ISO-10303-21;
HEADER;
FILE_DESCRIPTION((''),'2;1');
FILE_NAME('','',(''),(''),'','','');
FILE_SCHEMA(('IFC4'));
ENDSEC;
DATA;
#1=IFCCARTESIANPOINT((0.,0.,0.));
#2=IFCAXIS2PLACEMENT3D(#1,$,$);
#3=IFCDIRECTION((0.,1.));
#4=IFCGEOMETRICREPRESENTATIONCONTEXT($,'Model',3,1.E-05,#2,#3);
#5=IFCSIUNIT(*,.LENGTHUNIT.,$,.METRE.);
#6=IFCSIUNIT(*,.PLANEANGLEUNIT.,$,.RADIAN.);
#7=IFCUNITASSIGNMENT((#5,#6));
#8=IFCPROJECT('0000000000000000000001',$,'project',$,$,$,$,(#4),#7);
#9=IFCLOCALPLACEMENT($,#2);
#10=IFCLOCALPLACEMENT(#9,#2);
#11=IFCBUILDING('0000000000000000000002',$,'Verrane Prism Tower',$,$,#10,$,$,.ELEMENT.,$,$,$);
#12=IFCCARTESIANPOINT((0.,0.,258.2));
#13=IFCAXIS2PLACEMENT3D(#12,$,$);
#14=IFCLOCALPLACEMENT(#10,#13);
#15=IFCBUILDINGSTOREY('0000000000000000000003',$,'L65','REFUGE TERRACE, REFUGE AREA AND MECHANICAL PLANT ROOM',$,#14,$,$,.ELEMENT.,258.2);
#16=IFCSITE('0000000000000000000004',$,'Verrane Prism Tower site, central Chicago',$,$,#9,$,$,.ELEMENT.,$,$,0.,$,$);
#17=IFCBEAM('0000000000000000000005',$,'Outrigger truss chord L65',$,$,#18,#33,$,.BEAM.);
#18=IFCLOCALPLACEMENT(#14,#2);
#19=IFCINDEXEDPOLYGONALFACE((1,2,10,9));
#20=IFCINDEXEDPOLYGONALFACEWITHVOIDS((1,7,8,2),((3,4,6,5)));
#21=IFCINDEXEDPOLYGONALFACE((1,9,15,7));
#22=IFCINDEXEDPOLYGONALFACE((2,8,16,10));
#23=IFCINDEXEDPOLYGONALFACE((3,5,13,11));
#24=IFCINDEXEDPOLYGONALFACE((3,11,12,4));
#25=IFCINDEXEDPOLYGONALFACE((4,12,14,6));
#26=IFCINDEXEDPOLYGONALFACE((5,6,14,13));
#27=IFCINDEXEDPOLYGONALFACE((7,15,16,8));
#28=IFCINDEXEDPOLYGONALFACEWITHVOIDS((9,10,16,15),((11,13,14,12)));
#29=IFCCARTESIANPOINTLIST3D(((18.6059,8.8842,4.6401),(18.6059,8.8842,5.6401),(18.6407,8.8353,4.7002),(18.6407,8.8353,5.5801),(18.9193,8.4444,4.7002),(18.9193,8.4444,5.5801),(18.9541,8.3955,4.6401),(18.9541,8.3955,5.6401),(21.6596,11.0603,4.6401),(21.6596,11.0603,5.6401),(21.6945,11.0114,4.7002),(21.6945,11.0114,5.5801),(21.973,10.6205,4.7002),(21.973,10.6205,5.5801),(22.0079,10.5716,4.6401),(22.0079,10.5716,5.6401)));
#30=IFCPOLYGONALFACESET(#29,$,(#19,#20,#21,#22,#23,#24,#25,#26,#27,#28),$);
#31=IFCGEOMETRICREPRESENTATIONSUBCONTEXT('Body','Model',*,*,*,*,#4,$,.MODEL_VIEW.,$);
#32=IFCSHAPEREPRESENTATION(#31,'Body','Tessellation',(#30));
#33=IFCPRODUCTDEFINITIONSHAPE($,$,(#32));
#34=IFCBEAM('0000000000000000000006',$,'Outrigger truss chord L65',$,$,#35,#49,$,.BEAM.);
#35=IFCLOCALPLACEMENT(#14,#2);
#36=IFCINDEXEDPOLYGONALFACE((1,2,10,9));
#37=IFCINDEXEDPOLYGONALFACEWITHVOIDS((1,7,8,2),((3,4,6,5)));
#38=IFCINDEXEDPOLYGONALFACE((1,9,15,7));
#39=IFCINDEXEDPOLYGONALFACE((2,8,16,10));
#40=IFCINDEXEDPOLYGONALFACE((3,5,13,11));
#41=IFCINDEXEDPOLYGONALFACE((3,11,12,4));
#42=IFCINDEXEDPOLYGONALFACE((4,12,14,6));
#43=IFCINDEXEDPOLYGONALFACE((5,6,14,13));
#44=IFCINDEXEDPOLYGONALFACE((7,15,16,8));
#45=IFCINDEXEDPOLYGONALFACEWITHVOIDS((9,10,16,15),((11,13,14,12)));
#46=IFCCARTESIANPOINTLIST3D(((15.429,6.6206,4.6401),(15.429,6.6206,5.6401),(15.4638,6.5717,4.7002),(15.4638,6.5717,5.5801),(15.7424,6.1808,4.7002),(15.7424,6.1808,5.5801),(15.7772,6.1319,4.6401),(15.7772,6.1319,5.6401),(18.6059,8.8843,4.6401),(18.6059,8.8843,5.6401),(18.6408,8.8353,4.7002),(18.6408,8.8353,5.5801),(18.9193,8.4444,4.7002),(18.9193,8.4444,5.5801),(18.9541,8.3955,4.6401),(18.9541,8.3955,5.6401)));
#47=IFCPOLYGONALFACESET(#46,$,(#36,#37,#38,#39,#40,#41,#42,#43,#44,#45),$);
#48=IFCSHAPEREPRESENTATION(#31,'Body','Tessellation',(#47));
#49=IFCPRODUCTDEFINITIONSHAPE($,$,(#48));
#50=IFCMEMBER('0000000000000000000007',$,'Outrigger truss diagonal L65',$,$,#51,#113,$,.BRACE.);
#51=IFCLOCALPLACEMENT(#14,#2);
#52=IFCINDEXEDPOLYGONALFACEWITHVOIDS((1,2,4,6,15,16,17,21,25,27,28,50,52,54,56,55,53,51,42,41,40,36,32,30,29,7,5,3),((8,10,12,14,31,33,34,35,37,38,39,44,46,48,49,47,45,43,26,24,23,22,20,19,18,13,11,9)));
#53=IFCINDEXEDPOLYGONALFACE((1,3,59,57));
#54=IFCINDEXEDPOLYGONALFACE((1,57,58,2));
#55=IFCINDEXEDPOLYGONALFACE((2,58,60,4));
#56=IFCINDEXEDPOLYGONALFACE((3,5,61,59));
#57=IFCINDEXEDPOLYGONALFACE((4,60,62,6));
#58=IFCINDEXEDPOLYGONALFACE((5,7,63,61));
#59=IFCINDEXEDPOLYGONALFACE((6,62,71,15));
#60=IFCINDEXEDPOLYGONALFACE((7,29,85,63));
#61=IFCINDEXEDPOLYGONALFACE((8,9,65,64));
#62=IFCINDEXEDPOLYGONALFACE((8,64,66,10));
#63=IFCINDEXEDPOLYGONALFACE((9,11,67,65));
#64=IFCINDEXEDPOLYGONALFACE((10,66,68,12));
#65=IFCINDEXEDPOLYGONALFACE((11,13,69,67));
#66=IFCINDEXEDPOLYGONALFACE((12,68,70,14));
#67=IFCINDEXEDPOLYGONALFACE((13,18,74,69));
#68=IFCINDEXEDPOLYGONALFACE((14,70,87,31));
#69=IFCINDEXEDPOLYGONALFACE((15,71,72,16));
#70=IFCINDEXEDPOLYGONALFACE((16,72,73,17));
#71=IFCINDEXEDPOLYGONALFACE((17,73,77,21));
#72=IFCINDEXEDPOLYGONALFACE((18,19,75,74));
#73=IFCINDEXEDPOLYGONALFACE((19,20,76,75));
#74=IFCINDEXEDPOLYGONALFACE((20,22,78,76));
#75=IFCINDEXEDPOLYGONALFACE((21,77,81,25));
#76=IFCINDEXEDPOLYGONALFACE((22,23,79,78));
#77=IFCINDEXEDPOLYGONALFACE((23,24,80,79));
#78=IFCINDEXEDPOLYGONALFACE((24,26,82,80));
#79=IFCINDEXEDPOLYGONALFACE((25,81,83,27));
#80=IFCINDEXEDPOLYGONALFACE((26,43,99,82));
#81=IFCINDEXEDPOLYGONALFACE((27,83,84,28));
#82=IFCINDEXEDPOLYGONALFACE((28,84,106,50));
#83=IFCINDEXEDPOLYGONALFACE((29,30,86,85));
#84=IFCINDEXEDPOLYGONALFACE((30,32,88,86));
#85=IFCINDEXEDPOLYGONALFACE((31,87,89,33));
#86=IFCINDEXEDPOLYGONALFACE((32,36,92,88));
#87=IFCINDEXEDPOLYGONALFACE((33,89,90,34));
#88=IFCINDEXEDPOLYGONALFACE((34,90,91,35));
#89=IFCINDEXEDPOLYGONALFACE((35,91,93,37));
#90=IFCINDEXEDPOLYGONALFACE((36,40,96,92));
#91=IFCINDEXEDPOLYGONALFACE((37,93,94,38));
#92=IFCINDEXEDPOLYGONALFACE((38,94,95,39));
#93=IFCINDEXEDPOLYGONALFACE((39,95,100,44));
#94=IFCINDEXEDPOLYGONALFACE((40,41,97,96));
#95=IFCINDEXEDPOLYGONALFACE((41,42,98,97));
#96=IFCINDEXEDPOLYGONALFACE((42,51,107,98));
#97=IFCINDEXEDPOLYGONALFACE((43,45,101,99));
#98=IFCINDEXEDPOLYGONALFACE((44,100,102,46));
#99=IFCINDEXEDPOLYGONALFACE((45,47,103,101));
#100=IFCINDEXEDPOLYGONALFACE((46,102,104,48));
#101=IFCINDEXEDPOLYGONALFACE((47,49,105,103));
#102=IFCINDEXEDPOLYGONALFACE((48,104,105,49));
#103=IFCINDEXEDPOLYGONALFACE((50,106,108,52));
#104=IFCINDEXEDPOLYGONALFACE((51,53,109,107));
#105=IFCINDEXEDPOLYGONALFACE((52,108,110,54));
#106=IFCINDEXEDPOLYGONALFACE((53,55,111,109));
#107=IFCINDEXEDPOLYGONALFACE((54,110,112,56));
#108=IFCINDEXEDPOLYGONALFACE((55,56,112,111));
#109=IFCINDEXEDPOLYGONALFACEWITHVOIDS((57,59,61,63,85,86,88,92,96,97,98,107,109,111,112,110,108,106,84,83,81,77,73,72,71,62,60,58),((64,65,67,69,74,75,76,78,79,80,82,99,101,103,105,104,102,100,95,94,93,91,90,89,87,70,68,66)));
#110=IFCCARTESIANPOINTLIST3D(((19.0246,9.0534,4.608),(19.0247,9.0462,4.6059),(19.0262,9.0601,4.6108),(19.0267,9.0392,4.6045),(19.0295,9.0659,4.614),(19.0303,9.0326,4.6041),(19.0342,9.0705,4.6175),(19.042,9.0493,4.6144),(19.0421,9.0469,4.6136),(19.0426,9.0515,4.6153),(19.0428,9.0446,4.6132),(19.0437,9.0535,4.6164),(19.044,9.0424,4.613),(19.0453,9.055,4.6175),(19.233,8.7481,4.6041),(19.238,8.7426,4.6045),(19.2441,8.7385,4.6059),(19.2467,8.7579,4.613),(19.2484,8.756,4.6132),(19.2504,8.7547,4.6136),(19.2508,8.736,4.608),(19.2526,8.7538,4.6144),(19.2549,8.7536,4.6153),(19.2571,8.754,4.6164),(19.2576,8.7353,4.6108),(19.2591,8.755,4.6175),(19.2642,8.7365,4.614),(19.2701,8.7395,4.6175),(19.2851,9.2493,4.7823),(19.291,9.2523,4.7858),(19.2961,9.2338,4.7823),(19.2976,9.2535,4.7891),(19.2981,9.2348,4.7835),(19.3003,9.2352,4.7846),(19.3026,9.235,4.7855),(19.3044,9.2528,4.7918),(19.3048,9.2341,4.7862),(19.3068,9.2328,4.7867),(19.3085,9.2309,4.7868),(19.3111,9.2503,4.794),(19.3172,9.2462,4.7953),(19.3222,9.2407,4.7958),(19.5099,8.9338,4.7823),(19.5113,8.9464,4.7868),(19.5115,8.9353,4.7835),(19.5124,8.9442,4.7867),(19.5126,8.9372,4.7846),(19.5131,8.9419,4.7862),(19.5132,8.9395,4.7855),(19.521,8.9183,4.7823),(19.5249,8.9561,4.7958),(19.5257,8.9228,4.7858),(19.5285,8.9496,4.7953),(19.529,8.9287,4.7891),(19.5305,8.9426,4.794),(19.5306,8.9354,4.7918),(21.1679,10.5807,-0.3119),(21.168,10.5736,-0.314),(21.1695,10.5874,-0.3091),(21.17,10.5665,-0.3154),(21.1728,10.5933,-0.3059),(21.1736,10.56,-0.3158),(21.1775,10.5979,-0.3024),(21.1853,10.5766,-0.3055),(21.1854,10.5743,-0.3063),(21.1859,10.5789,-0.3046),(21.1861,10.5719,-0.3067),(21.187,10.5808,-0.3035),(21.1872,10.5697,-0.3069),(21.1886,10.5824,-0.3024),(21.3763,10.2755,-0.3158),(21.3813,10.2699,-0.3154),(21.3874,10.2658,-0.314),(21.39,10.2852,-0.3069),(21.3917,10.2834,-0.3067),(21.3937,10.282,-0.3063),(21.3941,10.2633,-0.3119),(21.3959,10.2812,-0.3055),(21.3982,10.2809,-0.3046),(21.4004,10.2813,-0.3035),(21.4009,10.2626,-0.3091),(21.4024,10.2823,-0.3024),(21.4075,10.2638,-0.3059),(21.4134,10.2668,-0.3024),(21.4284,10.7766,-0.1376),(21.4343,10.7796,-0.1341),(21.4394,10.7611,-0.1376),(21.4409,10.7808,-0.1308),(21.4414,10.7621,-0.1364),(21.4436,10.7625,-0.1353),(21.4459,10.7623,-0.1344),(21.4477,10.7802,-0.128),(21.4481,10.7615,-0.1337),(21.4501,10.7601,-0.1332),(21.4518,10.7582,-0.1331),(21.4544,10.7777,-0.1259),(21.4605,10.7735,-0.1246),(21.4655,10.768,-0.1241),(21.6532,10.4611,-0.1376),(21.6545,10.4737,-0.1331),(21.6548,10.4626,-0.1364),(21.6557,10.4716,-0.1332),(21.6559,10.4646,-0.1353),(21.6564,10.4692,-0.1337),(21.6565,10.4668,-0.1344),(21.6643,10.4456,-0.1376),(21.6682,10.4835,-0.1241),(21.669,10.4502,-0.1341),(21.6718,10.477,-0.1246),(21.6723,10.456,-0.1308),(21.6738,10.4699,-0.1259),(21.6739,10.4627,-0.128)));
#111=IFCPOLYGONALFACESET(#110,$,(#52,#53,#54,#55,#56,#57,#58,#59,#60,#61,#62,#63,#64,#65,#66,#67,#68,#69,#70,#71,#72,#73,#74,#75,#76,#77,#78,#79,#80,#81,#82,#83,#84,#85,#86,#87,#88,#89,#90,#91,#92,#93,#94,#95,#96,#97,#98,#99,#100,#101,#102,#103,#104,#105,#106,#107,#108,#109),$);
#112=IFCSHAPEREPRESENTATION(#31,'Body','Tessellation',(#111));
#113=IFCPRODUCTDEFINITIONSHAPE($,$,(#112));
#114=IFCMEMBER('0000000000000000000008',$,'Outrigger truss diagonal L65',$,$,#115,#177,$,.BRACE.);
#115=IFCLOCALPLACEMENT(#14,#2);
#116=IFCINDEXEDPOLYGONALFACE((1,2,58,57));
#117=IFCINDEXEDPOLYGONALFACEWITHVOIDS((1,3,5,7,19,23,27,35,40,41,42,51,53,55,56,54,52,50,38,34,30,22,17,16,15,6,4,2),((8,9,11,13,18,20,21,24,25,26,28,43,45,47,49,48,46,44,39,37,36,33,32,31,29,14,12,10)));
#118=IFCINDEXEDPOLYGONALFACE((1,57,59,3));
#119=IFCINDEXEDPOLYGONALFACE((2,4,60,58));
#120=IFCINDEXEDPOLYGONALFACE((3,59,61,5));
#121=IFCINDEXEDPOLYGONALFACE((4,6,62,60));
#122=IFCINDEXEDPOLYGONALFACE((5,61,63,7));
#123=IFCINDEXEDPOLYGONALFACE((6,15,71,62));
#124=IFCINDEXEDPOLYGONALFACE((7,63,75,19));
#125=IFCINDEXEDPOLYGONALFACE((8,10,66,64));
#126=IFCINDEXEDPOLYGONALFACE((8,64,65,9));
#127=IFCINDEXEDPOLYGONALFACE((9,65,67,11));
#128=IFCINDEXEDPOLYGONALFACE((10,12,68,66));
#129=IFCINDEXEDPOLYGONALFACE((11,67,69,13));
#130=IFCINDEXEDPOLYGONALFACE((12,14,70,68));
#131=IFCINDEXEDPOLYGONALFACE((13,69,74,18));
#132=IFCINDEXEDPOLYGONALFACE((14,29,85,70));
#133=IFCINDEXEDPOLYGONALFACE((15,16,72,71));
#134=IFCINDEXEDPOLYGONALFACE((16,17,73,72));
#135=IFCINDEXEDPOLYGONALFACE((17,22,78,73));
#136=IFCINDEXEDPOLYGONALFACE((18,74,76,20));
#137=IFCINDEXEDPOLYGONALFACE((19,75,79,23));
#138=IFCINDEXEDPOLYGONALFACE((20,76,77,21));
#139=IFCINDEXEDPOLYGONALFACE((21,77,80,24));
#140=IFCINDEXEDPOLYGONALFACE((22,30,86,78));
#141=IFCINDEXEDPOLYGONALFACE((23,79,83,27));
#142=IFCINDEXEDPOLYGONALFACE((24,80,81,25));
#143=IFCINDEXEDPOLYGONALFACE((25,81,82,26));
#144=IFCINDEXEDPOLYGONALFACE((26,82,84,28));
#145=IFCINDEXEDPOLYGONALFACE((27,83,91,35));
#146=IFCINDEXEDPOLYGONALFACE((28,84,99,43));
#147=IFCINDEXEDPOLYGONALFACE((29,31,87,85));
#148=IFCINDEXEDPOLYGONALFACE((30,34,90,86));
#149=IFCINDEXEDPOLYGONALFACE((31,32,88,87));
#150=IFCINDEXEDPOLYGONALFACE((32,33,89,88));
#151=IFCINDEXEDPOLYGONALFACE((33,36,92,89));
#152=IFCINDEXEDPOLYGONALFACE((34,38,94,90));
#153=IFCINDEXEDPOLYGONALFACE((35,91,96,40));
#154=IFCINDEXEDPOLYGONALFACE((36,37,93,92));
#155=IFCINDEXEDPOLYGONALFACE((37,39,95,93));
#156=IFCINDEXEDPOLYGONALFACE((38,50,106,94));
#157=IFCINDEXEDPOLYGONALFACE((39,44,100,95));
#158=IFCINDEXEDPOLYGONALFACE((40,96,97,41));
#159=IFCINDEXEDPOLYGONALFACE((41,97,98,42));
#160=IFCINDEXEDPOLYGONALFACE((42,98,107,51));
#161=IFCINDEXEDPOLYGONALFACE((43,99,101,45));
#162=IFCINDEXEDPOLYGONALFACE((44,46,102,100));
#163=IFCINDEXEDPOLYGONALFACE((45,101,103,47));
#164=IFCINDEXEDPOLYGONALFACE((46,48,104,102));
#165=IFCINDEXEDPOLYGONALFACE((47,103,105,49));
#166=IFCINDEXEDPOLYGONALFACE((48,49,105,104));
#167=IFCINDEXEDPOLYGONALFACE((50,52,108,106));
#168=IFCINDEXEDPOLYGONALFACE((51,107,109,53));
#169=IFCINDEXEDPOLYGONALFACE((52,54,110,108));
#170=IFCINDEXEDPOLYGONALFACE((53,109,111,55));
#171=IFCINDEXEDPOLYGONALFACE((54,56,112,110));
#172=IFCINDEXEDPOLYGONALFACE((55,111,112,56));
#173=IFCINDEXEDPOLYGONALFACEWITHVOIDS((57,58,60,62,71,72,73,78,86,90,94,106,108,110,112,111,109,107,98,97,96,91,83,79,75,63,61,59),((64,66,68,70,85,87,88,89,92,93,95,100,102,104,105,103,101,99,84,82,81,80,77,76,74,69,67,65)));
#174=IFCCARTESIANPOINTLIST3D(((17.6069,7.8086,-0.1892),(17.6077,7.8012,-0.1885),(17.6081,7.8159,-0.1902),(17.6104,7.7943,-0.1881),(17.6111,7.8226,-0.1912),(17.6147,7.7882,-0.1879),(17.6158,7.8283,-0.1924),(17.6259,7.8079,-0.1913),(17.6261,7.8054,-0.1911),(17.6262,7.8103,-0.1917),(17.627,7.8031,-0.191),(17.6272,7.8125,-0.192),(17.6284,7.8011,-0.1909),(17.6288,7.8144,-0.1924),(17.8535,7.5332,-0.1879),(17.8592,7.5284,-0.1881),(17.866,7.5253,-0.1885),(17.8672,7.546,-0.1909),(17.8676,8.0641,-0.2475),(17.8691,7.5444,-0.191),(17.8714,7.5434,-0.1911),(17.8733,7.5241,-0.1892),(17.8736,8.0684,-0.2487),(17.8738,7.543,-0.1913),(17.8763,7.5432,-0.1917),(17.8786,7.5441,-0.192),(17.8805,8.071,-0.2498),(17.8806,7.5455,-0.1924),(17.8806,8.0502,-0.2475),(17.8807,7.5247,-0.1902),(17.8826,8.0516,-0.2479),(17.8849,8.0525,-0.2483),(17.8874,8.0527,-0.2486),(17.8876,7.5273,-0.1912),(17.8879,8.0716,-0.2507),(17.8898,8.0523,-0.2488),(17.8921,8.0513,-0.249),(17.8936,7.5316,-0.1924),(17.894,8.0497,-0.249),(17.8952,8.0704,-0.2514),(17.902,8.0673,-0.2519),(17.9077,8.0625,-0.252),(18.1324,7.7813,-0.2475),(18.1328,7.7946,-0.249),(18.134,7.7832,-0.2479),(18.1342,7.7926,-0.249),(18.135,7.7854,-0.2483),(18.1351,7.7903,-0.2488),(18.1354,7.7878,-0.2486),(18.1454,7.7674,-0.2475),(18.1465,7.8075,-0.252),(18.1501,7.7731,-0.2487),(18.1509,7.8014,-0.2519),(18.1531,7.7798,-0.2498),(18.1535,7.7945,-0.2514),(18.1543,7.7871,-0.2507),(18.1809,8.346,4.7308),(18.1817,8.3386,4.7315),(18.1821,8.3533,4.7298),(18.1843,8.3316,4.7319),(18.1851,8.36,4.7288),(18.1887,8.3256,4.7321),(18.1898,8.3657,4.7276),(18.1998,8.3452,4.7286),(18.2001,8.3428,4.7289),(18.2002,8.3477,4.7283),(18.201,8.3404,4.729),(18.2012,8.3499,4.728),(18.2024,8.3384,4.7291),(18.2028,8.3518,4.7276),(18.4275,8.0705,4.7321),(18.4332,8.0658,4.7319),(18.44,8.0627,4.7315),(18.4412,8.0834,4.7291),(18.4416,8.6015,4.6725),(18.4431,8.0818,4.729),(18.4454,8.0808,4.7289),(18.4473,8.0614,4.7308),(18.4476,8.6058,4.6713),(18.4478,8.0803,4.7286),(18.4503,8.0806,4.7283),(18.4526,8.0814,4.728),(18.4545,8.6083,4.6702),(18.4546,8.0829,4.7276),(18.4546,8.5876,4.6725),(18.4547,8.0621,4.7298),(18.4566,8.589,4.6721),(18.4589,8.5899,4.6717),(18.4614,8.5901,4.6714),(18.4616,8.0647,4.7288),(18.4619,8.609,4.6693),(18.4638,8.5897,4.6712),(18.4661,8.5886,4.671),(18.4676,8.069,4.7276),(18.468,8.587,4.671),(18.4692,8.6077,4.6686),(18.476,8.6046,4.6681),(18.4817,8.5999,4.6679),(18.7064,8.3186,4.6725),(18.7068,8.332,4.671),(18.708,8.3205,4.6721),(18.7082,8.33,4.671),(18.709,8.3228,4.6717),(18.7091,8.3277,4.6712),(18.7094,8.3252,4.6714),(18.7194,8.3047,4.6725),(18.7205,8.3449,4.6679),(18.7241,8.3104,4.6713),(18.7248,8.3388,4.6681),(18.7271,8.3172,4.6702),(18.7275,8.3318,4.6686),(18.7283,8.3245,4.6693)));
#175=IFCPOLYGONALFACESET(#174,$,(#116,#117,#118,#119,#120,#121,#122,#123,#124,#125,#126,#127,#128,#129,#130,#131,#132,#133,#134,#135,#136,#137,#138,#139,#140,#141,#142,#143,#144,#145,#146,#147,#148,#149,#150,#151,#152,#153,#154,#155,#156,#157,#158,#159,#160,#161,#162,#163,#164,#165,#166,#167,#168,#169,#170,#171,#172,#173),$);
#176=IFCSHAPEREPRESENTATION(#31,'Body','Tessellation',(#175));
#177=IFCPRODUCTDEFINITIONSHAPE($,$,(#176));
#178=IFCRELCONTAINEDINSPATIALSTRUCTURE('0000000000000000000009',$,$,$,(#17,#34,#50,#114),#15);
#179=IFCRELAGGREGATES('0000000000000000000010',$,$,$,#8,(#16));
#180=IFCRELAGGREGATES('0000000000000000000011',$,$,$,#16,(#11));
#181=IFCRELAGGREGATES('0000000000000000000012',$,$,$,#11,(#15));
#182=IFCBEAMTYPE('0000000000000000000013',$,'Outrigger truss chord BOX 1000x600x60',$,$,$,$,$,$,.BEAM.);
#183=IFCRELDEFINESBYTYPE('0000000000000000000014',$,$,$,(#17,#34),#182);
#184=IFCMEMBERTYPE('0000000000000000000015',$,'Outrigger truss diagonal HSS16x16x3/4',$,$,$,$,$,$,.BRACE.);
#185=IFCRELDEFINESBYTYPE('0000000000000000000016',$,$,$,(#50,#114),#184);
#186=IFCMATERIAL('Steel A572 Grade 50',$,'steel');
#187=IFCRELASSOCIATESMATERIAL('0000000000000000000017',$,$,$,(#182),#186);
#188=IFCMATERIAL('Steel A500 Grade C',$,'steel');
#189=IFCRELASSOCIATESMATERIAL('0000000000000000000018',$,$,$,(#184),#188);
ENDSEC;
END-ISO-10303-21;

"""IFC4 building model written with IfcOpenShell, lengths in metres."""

from ifc_helpers import new_model, si_unit, direction, frame, origin, origin_2d, place, context, subcontext, project, spatial, hollow_rectangle, extrude, material, material_profile, profile_set, type_object, element, save


model = new_model("IFC4")

# Units and contexts
model_context = context("Model", 3, precision=1e-05, world=origin(), true_north=direction((0.0, 1.0)))
body_context = subcontext(model_context, "Body", "Model", "MODEL_VIEW")
ifc_project = project(units=[si_unit("LENGTHUNIT", "METRE"), si_unit("PLANEANGLEUNIT", "RADIAN")], contexts=[model_context])

# Site, building, storey
site_placement = place(None, origin())
site = spatial("IfcSite", under=ifc_project, at=site_placement, Name="Verrane Prism Tower site, central Chicago", CompositionType="ELEMENT", RefElevation=0.0)
building_placement = place(site_placement, origin())
building = spatial("IfcBuilding", under=site, at=building_placement, Name="Verrane Prism Tower", CompositionType="ELEMENT")
storey_placement = place(building_placement, frame((0.0, 0.0, 258.2)))
storey = spatial("IfcBuildingStorey", under=building, at=storey_placement, Name="L65", Description="REFUGE TERRACE, REFUGE AREA AND MECHANICAL PLANT ROOM", CompositionType="ELEMENT", Elevation=258.2)

# Beams
ifc_material_1 = material(Name="Steel A572 Grade 50", Category="steel")
ifc_material_profile_1 = material_profile(ifc_material_1, hollow_rectangle(XDim=0.6001, YDim=1.0, WallThickness=0.0601, at=origin_2d()), Name="BOX 1000x600x60")
ifc_profile_set_1 = profile_set([ifc_material_profile_1], Name="Steel A572 Grade 50")
beam_type_1 = type_object("IfcBeamType", Name="Outrigger truss chord BOX 1000x600x60", PredefinedType="BEAM", material=ifc_profile_set_1)
beam_1_placement = place(storey_placement, frame((21.8337, 10.8159, 5.1401), z_axis=(-0.814388, -0.58032, 0.0), x_axis=(0.58032, -0.814388, 0.0)))
element("IfcBeam", 1, at=beam_1_placement, inside=storey, type_object=beam_type_1, Name="Outrigger truss chord L65", PredefinedType="BEAM", context=body_context, shape_type="SweptSolid", body=[
    extrude(hollow_rectangle(XDim=0.6001, YDim=1.0, WallThickness=0.0601, at=origin_2d()), origin(), (0.0, 0.0, 1.0), 3.7498),
])
beam_2_placement = place(storey_placement, frame((18.78, 8.6399, 5.1401), z_axis=(-0.814414, -0.580285, 0.0), x_axis=(0.580285, -0.814414, 0.0)))
element("IfcBeam", 2, at=beam_2_placement, inside=storey, type_object=beam_type_1, Name="Outrigger truss chord L65", PredefinedType="BEAM", context=body_context, shape_type="SweptSolid", body=[
    extrude(hollow_rectangle(XDim=0.6001, YDim=1.0, WallThickness=0.0601, at=origin_2d()), origin(), (0.0, 0.0, 1.0), 3.9009),
])

# Members
ifc_material_2 = material(Name="Steel A500 Grade C", Category="steel")
ifc_material_profile_2 = material_profile(ifc_material_2, hollow_rectangle(XDim=0.4065, YDim=0.4065, WallThickness=0.019, InnerFilletRadius=0.0095, OuterFilletRadius=0.0286, at=origin_2d()), Name="HSS16x16x3/4")
ifc_profile_set_2 = profile_set([ifc_material_profile_2], Name="Steel A500 Grade C")
member_type_1 = type_object("IfcMemberType", Name="Outrigger truss diagonal HSS16x16x3/4", PredefinedType="BRACE", material=ifc_profile_set_2)
member_1_placement = place(storey_placement, frame((21.4209, 10.5217, -0.22), z_axis=(-0.384132, -0.273736, 0.881766), x_axis=(0.580334, -0.814379, 0.0)))
element("IfcMember", 3, at=member_1_placement, inside=storey, type_object=member_type_1, Name="Outrigger truss diagonal L65", PredefinedType="BRACE", context=body_context, shape_type="SweptSolid", body=[
    extrude(hollow_rectangle(XDim=0.4065, YDim=0.4065, WallThickness=0.019, InnerFilletRadius=0.0095, OuterFilletRadius=0.0286, at=origin_2d()), origin(), (0.0, 0.0, 1.0), 5.5796),
])
member_2_placement = place(storey_placement, frame((17.8806, 7.7979, -0.22), z_axis=(0.115202, 0.107851, 0.98747), x_axis=(-0.683435, 0.730012, 0.0)))
element("IfcMember", 4, at=member_2_placement, inside=storey, type_object=member_type_1, Name="Outrigger truss diagonal L65", PredefinedType="BRACE", context=body_context, shape_type="SweptSolid", body=[
    extrude(hollow_rectangle(XDim=0.4065, YDim=0.4065, WallThickness=0.019, InnerFilletRadius=0.0095, OuterFilletRadius=0.0286, at=origin_2d()), origin(), (0.0, 0.0, 1.0), 4.9824),
])

save(model, "model.ifc")
